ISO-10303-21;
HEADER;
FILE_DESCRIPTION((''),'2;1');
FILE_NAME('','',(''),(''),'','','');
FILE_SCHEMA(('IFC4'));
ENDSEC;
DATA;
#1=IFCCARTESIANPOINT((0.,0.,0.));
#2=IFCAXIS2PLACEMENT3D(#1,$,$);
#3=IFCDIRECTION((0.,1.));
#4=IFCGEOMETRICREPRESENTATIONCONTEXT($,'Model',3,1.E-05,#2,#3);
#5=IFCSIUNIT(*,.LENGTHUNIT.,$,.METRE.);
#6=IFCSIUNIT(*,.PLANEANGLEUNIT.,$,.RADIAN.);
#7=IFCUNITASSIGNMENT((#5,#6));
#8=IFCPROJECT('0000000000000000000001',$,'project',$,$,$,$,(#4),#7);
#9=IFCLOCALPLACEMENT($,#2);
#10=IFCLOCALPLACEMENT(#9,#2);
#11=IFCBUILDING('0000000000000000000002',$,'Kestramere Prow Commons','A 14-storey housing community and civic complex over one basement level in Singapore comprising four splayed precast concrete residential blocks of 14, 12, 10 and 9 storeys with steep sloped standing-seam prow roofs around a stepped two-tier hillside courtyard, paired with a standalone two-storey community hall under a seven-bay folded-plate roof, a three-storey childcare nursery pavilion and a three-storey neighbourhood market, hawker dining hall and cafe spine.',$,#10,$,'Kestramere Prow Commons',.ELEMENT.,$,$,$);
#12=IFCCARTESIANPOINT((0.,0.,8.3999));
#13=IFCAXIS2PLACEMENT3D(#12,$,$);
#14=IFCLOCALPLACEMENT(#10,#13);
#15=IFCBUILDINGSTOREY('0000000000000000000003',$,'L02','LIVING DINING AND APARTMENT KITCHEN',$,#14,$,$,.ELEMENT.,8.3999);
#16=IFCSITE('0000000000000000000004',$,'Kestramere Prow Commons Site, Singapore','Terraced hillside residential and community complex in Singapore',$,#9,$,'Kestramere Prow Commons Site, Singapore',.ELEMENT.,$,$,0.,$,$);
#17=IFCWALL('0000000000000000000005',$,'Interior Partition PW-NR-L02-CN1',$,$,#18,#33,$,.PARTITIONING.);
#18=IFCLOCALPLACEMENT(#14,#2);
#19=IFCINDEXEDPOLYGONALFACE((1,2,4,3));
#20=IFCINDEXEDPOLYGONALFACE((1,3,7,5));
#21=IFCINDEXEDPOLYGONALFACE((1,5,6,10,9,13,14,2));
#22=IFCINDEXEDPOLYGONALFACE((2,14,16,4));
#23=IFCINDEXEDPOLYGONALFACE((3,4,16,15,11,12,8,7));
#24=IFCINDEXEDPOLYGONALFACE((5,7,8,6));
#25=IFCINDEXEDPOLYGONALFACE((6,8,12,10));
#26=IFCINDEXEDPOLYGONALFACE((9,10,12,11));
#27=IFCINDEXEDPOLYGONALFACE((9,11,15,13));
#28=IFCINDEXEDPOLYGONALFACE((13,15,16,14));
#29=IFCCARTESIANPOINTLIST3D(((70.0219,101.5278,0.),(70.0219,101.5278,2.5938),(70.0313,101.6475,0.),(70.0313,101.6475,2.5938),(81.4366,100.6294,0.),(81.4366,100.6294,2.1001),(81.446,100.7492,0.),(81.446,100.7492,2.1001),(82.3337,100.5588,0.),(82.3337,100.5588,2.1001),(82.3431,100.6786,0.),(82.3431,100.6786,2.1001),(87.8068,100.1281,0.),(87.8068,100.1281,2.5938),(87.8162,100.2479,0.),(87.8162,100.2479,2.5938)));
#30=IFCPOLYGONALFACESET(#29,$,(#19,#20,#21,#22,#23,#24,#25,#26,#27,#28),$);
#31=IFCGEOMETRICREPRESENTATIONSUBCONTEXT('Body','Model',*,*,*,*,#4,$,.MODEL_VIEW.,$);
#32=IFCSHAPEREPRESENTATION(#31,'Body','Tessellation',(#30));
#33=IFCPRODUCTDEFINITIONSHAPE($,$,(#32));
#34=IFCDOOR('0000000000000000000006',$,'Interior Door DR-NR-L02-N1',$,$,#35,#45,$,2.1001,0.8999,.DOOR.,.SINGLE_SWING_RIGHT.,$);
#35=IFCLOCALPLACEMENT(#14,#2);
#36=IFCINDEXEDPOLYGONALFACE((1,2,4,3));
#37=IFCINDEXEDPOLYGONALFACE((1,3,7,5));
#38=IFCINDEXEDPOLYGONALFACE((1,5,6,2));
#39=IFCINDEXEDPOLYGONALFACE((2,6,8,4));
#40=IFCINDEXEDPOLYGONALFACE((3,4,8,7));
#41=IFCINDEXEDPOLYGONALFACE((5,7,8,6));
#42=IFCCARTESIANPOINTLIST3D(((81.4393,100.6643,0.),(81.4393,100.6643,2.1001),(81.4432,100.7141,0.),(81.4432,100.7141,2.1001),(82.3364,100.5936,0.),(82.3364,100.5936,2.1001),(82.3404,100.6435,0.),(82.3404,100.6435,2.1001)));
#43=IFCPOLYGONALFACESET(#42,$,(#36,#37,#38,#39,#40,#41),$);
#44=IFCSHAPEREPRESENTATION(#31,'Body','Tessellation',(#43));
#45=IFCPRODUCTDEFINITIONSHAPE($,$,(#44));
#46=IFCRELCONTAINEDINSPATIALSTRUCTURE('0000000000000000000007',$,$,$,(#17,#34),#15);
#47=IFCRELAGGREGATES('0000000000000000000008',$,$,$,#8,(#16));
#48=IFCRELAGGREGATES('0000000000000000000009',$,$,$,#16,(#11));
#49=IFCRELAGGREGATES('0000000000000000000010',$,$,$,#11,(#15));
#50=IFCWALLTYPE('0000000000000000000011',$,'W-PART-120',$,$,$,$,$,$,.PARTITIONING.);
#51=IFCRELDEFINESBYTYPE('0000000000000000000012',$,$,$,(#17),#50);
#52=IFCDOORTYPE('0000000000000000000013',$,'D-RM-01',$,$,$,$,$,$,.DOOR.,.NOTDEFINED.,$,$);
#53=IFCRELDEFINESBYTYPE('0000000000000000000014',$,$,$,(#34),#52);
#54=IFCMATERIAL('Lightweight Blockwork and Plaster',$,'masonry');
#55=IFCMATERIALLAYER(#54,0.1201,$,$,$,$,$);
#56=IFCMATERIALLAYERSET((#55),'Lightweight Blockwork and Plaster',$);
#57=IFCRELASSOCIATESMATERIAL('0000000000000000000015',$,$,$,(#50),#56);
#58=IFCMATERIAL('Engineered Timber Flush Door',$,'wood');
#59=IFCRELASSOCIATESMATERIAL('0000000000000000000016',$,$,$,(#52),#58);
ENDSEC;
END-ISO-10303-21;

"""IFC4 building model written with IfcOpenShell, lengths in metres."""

from ifc_helpers import new_model, si_unit, direction, frame, frame_2d, origin, place, context, subcontext, project, spatial, rectangle, extrude, material, layer, layer_set, type_object, element, fill, save


model = new_model("IFC4")

# Units and contexts
model_context = context("Model", 3, precision=1e-05, world=origin(), true_north=direction((0.0, 1.0)))
body_context = subcontext(model_context, "Body", "Model", "MODEL_VIEW")
ifc_project = project(units=[si_unit("LENGTHUNIT", "METRE"), si_unit("PLANEANGLEUNIT", "RADIAN")], contexts=[model_context])

# Site, building, storey
site_placement = place(None, origin())
site = spatial("IfcSite", under=ifc_project, at=site_placement, Name="Kestramere Prow Commons Site, Singapore", Description="Terraced hillside residential and community complex in Singapore", LongName="Kestramere Prow Commons Site, Singapore", CompositionType="ELEMENT", RefElevation=0.0)
building_placement = place(site_placement, origin())
building = spatial("IfcBuilding", under=site, at=building_placement, Name="Kestramere Prow Commons", Description="A 14-storey housing community and civic complex over one basement level in Singapore comprising four splayed precast concrete residential blocks of 14, 12, 10 and 9 storeys with steep sloped standing-seam prow roofs around a stepped two-tier hillside courtyard, paired with a standalone two-storey community hall under a seven-bay folded-plate roof, a three-storey childcare nursery pavilion and a three-storey neighbourhood market, hawker dining hall and cafe spine.", LongName="Kestramere Prow Commons", CompositionType="ELEMENT")
storey_placement = place(building_placement, frame((0.0, 0.0, 8.3999)))
storey = spatial("IfcBuildingStorey", under=building, at=storey_placement, Name="L02", Description="LIVING DINING AND APARTMENT KITCHEN", CompositionType="ELEMENT", Elevation=8.3999)

# Wall, opening, door
ifc_material_1 = material(Name="Lightweight Blockwork and Plaster", Category="masonry")
ifc_layer_1 = layer(ifc_material_1, 0.1201)
ifc_layer_set_1 = layer_set([ifc_layer_1], Name="Lightweight Blockwork and Plaster")
wall_type_1 = type_object("IfcWallType", Name="W-PART-120", PredefinedType="PARTITIONING", material=ifc_layer_set_1)
wall_1_placement = place(storey_placement, frame((70.0266, 101.5876, 0.0), z_axis=(0.0, 0.0, 1.0), x_axis=(0.996918, -0.078457, 0.0)))
wall_1 = element("IfcWall", 1, at=wall_1_placement, inside=storey, type_object=wall_type_1, Name="Interior Partition PW-NR-L02-CN1", PredefinedType="PARTITIONING", context=body_context, shape_type="SweptSolid", body=[
    extrude(rectangle(XDim=17.8398, YDim=0.1201, at=frame_2d((8.9199, 0.0))), origin(), (0.0, 0.0, 1.0), 2.5938),
])
opening_1_placement = place(wall_1_placement, frame((11.45, 0.0, 0.0)))
opening_1 = element("IfcOpeningElement", 2, at=opening_1_placement, cuts=wall_1, PredefinedType="OPENING", context=body_context, shape_type="SweptSolid", body=[
    extrude(rectangle(XDim=0.8999, YDim=2.1001, at=frame_2d((0.45, 1.05))), frame((0.0, 0.075, 0.0), z_axis=(0.0, -1.0, 0.0), x_axis=(1.0, 0.0, 0.0)), (0.0, 0.0, 1.0), 0.1501),
])
ifc_material_2 = material(Name="Engineered Timber Flush Door", Category="wood")
door_type = type_object("IfcDoorType", Name="D-RM-01", OperationType="NOTDEFINED", PredefinedType="DOOR", material=ifc_material_2)
door_placement = place(opening_1_placement, origin())
door = element("IfcDoor", 3, at=door_placement, inside=storey, type_object=door_type, Name="Interior Door DR-NR-L02-N1", OperationType="SINGLE_SWING_RIGHT", OverallHeight=2.1001, OverallWidth=0.8999, PredefinedType="DOOR", context=body_context, shape_type="SweptSolid", body=[
    extrude(rectangle(XDim=0.8999, YDim=2.1001, at=frame_2d((0.45, 1.05))), frame((0.0, 0.0249, 0.0), z_axis=(0.0, -1.0, 0.0), x_axis=(1.0, 0.0, 0.0)), (0.0, 0.0, 1.0), 0.05),
])
fill(opening_1, door)

save(model, "model.ifc")
